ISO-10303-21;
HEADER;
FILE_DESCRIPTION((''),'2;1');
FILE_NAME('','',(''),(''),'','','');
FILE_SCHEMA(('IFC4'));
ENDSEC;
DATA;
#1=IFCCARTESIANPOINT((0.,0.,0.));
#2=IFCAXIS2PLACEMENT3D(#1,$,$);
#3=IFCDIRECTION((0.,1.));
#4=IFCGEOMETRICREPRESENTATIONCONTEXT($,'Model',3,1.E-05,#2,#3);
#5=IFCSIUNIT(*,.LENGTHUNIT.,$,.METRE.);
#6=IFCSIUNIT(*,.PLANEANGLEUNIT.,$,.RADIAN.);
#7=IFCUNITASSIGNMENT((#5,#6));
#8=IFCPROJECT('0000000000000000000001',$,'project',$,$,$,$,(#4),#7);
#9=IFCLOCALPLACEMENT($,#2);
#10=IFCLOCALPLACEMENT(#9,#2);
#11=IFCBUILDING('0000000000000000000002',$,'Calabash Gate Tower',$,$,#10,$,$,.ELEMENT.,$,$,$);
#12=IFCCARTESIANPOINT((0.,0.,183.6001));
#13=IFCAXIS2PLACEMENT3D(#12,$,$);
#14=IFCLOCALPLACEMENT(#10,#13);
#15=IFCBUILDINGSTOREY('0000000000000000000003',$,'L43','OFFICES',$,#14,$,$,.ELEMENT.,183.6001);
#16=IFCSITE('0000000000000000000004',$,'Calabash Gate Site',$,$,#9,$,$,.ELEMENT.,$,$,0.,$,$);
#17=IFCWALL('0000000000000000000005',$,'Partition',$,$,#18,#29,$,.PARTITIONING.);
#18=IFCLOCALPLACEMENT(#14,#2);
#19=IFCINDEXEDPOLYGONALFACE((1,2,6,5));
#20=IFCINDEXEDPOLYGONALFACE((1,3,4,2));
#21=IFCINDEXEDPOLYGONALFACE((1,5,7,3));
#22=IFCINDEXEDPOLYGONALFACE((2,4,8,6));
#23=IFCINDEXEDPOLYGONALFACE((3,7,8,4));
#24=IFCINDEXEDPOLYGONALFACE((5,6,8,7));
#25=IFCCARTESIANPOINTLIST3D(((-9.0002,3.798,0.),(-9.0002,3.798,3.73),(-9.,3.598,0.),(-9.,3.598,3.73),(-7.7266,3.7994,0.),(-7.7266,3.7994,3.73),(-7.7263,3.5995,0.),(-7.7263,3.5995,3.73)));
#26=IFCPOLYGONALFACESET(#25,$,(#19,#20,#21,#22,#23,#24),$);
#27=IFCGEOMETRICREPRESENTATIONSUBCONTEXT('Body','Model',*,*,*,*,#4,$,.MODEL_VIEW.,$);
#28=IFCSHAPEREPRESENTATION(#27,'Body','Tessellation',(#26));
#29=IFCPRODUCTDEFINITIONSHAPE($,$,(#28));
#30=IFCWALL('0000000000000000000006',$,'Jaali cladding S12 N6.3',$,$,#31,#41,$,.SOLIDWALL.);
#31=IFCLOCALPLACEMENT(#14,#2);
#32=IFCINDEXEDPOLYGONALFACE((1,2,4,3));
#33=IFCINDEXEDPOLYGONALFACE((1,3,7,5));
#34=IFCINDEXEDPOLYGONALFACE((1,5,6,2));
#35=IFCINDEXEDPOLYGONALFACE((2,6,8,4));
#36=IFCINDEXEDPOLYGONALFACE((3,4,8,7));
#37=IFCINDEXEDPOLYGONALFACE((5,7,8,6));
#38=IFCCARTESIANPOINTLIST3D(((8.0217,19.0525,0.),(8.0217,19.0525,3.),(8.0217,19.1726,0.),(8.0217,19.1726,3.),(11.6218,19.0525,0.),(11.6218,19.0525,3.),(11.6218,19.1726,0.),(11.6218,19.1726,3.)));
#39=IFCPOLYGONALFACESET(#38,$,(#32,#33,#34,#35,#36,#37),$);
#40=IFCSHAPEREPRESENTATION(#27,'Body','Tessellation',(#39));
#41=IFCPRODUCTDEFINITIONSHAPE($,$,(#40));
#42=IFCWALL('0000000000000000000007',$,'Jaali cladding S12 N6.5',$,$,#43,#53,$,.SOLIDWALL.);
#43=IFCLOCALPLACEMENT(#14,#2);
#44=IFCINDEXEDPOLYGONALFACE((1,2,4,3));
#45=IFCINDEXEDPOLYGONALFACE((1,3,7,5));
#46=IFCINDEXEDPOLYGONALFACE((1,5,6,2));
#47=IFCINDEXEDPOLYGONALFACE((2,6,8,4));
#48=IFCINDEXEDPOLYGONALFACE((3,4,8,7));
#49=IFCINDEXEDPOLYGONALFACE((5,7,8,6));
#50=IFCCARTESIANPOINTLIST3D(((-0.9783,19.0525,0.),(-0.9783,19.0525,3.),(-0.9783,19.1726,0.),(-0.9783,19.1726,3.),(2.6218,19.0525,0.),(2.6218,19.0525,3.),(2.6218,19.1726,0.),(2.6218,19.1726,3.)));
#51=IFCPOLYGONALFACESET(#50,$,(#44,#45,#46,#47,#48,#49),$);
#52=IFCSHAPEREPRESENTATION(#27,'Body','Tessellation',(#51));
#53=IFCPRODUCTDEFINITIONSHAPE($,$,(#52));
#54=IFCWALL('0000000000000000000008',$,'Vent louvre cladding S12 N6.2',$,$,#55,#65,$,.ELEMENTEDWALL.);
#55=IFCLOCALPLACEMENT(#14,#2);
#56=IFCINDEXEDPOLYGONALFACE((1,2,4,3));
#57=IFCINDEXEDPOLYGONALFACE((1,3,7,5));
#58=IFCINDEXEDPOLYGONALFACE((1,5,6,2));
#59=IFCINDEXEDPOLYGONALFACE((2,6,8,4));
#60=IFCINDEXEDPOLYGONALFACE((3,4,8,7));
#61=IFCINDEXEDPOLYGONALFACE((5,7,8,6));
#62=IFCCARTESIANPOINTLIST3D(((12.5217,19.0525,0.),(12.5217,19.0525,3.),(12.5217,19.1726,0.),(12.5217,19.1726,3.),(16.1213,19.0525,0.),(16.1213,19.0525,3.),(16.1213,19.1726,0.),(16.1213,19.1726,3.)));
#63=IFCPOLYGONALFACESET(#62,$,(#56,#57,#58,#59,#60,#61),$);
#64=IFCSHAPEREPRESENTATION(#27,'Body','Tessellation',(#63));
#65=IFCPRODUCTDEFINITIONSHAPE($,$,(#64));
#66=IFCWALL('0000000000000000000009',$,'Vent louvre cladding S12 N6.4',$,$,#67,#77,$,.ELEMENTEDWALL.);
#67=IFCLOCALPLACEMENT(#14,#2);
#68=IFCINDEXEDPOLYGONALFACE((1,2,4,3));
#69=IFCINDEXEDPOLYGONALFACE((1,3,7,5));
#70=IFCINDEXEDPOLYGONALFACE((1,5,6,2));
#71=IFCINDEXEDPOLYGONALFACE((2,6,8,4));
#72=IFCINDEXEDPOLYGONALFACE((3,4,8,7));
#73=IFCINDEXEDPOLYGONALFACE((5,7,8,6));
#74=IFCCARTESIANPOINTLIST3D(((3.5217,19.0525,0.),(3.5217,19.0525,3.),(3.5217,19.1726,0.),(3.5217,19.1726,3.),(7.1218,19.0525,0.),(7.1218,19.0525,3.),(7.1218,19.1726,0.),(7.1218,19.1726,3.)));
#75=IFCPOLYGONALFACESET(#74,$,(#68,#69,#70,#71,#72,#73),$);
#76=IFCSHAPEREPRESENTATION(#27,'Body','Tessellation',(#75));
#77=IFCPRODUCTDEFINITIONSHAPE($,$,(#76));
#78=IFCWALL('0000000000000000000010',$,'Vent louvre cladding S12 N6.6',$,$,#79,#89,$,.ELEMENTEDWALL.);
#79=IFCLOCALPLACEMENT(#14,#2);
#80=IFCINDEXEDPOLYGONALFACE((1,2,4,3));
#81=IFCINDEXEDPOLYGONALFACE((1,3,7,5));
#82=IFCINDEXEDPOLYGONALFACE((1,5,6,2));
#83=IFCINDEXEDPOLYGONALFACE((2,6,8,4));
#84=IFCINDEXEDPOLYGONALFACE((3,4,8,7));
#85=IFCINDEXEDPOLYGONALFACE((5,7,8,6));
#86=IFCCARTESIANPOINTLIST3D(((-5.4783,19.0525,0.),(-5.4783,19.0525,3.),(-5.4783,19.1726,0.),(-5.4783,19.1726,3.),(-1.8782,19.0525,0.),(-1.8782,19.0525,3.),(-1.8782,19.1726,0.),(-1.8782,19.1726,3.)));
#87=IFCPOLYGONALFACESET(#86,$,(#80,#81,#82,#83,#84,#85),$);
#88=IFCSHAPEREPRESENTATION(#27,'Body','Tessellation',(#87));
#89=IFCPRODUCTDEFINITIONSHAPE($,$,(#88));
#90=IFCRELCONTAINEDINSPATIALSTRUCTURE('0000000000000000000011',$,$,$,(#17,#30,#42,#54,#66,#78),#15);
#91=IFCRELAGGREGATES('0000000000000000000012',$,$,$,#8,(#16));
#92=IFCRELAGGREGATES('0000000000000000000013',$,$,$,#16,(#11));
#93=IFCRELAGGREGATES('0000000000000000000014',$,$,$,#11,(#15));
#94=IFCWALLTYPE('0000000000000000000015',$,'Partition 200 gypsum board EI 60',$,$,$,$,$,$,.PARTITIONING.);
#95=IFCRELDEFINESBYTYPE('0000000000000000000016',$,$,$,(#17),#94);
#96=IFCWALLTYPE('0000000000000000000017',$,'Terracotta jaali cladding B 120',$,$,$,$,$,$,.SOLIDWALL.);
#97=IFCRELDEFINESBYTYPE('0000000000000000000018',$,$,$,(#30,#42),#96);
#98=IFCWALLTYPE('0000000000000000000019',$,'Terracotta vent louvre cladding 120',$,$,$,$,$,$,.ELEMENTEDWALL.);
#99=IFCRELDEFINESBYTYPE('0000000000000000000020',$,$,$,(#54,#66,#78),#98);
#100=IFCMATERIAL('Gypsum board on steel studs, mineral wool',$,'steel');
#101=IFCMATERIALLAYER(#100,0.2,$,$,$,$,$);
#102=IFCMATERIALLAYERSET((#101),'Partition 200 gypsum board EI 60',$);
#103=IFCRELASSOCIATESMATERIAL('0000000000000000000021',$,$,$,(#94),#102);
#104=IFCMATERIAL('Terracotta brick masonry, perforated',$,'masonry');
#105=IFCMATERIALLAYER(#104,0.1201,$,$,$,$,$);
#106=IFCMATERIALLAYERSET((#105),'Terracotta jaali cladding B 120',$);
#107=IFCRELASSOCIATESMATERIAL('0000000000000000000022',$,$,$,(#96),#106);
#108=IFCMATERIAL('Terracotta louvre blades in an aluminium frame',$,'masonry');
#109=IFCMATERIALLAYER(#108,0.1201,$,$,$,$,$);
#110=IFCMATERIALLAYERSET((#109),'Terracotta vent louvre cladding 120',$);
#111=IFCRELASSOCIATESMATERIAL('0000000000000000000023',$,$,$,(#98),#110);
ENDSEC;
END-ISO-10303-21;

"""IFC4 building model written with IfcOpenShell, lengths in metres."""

from ifc_helpers import new_model, si_unit, direction, frame, frame_2d, origin, place, context, subcontext, project, spatial, polyline, rectangle, outline, extrude, material, layer, layer_set, type_object, element, save


model = new_model("IFC4")

# Units and contexts
model_context = context("Model", 3, precision=1e-05, world=origin(), true_north=direction((0.0, 1.0)))
body_context = subcontext(model_context, "Body", "Model", "MODEL_VIEW")
ifc_project = project(units=[si_unit("LENGTHUNIT", "METRE"), si_unit("PLANEANGLEUNIT", "RADIAN")], contexts=[model_context])

# Site, building, storey
site_placement = place(None, origin())
site = spatial("IfcSite", under=ifc_project, at=site_placement, Name="Calabash Gate Site", CompositionType="ELEMENT", RefElevation=0.0)
building_placement = place(site_placement, origin())
building = spatial("IfcBuilding", under=site, at=building_placement, Name="Calabash Gate Tower", CompositionType="ELEMENT")
storey_placement = place(building_placement, frame((0.0, 0.0, 183.6001)))
storey = spatial("IfcBuildingStorey", under=building, at=storey_placement, Name="L43", Description="OFFICES", CompositionType="ELEMENT", Elevation=183.6001)

# Shared definitions
ifc_material_1 = material(Name="Gypsum board on steel studs, mineral wool", Category="steel")
ifc_layer_1 = layer(ifc_material_1, 0.2)
ifc_layer_set_1 = layer_set([ifc_layer_1], Name="Partition 200 gypsum board EI 60")
wall_type_1 = type_object("IfcWallType", Name="Partition 200 gypsum board EI 60", PredefinedType="PARTITIONING", material=ifc_layer_set_1)

# Walls
wall_1_placement = place(storey_placement, frame((-9.0, 3.698, 0.0), z_axis=(0.0, 0.0, 1.0), x_axis=(0.999999, 0.00115, 0.0)))
element("IfcWall", 1, at=wall_1_placement, inside=storey, type_object=wall_type_1, Name="Partition", PredefinedType="PARTITIONING", context=body_context, shape_type="SweptSolid", body=[
    extrude(rectangle(XDim=1.2737, YDim=0.2, at=frame_2d((0.6367, 0.0))), origin(), (0.0, 0.0, 1.0), 3.73),
])
ifc_material_2 = material(Name="Terracotta brick masonry, perforated", Category="masonry")
ifc_layer_2 = layer(ifc_material_2, 0.1201)
ifc_layer_set_2 = layer_set([ifc_layer_2], Name="Terracotta jaali cladding B 120")
wall_type_2 = type_object("IfcWallType", Name="Terracotta jaali cladding B 120", PredefinedType="SOLIDWALL", material=ifc_layer_set_2)
wall_2_placement = place(storey_placement, origin())
element("IfcWall", 2, at=wall_2_placement, inside=storey, type_object=wall_type_2, Name="Jaali cladding S12 N6.3", PredefinedType="SOLIDWALL", context=body_context, shape_type="SweptSolid", body=[
    extrude(outline(polyline([(8.0217, 19.1726), (8.0217, 19.0525), (11.6218, 19.0525), (11.6218, 19.1726), (8.0217, 19.1726)])), origin(), (0.0, 0.0, 1.0), 3.0),
])
wall_3_placement = place(storey_placement, origin())
element("IfcWall", 3, at=wall_3_placement, inside=storey, type_object=wall_type_2, Name="Jaali cladding S12 N6.5", PredefinedType="SOLIDWALL", context=body_context, shape_type="SweptSolid", body=[
    extrude(outline(polyline([(-0.9783, 19.1726), (-0.9783, 19.0525), (2.6218, 19.0525), (2.6218, 19.1726), (-0.9783, 19.1726)])), origin(), (0.0, 0.0, 1.0), 3.0),
])
ifc_material_3 = material(Name="Terracotta louvre blades in an aluminium frame", Category="masonry")
ifc_layer_3 = layer(ifc_material_3, 0.1201)
ifc_layer_set_3 = layer_set([ifc_layer_3], Name="Terracotta vent louvre cladding 120")
wall_type_3 = type_object("IfcWallType", Name="Terracotta vent louvre cladding 120", PredefinedType="ELEMENTEDWALL", material=ifc_layer_set_3)
wall_4_placement = place(storey_placement, origin())
element("IfcWall", 4, at=wall_4_placement, inside=storey, type_object=wall_type_3, Name="Vent louvre cladding S12 N6.2", PredefinedType="ELEMENTEDWALL", context=body_context, shape_type="SweptSolid", body=[
    extrude(outline(polyline([(12.5217, 19.1726), (12.5217, 19.0525), (16.1213, 19.0525), (16.1213, 19.1726), (12.5217, 19.1726)])), origin(), (0.0, 0.0, 1.0), 3.0),
])
wall_5_placement = place(storey_placement, origin())
element("IfcWall", 5, at=wall_5_placement, inside=storey, type_object=wall_type_3, Name="Vent louvre cladding S12 N6.4", PredefinedType="ELEMENTEDWALL", context=body_context, shape_type="SweptSolid", body=[
    extrude(outline(polyline([(3.5217, 19.1726), (3.5217, 19.0525), (7.1218, 19.0525), (7.1218, 19.1726), (3.5217, 19.1726)])), origin(), (0.0, 0.0, 1.0), 3.0),
])
wall_6_placement = place(storey_placement, origin())
element("IfcWall", 6, at=wall_6_placement, inside=storey, type_object=wall_type_3, Name="Vent louvre cladding S12 N6.6", PredefinedType="ELEMENTEDWALL", context=body_context, shape_type="SweptSolid", body=[
    extrude(outline(polyline([(-5.4783, 19.1726), (-5.4783, 19.0525), (-1.8782, 19.0525), (-1.8782, 19.1726), (-5.4783, 19.1726)])), origin(), (0.0, 0.0, 1.0), 3.0),
])

save(model, "model.ifc")
